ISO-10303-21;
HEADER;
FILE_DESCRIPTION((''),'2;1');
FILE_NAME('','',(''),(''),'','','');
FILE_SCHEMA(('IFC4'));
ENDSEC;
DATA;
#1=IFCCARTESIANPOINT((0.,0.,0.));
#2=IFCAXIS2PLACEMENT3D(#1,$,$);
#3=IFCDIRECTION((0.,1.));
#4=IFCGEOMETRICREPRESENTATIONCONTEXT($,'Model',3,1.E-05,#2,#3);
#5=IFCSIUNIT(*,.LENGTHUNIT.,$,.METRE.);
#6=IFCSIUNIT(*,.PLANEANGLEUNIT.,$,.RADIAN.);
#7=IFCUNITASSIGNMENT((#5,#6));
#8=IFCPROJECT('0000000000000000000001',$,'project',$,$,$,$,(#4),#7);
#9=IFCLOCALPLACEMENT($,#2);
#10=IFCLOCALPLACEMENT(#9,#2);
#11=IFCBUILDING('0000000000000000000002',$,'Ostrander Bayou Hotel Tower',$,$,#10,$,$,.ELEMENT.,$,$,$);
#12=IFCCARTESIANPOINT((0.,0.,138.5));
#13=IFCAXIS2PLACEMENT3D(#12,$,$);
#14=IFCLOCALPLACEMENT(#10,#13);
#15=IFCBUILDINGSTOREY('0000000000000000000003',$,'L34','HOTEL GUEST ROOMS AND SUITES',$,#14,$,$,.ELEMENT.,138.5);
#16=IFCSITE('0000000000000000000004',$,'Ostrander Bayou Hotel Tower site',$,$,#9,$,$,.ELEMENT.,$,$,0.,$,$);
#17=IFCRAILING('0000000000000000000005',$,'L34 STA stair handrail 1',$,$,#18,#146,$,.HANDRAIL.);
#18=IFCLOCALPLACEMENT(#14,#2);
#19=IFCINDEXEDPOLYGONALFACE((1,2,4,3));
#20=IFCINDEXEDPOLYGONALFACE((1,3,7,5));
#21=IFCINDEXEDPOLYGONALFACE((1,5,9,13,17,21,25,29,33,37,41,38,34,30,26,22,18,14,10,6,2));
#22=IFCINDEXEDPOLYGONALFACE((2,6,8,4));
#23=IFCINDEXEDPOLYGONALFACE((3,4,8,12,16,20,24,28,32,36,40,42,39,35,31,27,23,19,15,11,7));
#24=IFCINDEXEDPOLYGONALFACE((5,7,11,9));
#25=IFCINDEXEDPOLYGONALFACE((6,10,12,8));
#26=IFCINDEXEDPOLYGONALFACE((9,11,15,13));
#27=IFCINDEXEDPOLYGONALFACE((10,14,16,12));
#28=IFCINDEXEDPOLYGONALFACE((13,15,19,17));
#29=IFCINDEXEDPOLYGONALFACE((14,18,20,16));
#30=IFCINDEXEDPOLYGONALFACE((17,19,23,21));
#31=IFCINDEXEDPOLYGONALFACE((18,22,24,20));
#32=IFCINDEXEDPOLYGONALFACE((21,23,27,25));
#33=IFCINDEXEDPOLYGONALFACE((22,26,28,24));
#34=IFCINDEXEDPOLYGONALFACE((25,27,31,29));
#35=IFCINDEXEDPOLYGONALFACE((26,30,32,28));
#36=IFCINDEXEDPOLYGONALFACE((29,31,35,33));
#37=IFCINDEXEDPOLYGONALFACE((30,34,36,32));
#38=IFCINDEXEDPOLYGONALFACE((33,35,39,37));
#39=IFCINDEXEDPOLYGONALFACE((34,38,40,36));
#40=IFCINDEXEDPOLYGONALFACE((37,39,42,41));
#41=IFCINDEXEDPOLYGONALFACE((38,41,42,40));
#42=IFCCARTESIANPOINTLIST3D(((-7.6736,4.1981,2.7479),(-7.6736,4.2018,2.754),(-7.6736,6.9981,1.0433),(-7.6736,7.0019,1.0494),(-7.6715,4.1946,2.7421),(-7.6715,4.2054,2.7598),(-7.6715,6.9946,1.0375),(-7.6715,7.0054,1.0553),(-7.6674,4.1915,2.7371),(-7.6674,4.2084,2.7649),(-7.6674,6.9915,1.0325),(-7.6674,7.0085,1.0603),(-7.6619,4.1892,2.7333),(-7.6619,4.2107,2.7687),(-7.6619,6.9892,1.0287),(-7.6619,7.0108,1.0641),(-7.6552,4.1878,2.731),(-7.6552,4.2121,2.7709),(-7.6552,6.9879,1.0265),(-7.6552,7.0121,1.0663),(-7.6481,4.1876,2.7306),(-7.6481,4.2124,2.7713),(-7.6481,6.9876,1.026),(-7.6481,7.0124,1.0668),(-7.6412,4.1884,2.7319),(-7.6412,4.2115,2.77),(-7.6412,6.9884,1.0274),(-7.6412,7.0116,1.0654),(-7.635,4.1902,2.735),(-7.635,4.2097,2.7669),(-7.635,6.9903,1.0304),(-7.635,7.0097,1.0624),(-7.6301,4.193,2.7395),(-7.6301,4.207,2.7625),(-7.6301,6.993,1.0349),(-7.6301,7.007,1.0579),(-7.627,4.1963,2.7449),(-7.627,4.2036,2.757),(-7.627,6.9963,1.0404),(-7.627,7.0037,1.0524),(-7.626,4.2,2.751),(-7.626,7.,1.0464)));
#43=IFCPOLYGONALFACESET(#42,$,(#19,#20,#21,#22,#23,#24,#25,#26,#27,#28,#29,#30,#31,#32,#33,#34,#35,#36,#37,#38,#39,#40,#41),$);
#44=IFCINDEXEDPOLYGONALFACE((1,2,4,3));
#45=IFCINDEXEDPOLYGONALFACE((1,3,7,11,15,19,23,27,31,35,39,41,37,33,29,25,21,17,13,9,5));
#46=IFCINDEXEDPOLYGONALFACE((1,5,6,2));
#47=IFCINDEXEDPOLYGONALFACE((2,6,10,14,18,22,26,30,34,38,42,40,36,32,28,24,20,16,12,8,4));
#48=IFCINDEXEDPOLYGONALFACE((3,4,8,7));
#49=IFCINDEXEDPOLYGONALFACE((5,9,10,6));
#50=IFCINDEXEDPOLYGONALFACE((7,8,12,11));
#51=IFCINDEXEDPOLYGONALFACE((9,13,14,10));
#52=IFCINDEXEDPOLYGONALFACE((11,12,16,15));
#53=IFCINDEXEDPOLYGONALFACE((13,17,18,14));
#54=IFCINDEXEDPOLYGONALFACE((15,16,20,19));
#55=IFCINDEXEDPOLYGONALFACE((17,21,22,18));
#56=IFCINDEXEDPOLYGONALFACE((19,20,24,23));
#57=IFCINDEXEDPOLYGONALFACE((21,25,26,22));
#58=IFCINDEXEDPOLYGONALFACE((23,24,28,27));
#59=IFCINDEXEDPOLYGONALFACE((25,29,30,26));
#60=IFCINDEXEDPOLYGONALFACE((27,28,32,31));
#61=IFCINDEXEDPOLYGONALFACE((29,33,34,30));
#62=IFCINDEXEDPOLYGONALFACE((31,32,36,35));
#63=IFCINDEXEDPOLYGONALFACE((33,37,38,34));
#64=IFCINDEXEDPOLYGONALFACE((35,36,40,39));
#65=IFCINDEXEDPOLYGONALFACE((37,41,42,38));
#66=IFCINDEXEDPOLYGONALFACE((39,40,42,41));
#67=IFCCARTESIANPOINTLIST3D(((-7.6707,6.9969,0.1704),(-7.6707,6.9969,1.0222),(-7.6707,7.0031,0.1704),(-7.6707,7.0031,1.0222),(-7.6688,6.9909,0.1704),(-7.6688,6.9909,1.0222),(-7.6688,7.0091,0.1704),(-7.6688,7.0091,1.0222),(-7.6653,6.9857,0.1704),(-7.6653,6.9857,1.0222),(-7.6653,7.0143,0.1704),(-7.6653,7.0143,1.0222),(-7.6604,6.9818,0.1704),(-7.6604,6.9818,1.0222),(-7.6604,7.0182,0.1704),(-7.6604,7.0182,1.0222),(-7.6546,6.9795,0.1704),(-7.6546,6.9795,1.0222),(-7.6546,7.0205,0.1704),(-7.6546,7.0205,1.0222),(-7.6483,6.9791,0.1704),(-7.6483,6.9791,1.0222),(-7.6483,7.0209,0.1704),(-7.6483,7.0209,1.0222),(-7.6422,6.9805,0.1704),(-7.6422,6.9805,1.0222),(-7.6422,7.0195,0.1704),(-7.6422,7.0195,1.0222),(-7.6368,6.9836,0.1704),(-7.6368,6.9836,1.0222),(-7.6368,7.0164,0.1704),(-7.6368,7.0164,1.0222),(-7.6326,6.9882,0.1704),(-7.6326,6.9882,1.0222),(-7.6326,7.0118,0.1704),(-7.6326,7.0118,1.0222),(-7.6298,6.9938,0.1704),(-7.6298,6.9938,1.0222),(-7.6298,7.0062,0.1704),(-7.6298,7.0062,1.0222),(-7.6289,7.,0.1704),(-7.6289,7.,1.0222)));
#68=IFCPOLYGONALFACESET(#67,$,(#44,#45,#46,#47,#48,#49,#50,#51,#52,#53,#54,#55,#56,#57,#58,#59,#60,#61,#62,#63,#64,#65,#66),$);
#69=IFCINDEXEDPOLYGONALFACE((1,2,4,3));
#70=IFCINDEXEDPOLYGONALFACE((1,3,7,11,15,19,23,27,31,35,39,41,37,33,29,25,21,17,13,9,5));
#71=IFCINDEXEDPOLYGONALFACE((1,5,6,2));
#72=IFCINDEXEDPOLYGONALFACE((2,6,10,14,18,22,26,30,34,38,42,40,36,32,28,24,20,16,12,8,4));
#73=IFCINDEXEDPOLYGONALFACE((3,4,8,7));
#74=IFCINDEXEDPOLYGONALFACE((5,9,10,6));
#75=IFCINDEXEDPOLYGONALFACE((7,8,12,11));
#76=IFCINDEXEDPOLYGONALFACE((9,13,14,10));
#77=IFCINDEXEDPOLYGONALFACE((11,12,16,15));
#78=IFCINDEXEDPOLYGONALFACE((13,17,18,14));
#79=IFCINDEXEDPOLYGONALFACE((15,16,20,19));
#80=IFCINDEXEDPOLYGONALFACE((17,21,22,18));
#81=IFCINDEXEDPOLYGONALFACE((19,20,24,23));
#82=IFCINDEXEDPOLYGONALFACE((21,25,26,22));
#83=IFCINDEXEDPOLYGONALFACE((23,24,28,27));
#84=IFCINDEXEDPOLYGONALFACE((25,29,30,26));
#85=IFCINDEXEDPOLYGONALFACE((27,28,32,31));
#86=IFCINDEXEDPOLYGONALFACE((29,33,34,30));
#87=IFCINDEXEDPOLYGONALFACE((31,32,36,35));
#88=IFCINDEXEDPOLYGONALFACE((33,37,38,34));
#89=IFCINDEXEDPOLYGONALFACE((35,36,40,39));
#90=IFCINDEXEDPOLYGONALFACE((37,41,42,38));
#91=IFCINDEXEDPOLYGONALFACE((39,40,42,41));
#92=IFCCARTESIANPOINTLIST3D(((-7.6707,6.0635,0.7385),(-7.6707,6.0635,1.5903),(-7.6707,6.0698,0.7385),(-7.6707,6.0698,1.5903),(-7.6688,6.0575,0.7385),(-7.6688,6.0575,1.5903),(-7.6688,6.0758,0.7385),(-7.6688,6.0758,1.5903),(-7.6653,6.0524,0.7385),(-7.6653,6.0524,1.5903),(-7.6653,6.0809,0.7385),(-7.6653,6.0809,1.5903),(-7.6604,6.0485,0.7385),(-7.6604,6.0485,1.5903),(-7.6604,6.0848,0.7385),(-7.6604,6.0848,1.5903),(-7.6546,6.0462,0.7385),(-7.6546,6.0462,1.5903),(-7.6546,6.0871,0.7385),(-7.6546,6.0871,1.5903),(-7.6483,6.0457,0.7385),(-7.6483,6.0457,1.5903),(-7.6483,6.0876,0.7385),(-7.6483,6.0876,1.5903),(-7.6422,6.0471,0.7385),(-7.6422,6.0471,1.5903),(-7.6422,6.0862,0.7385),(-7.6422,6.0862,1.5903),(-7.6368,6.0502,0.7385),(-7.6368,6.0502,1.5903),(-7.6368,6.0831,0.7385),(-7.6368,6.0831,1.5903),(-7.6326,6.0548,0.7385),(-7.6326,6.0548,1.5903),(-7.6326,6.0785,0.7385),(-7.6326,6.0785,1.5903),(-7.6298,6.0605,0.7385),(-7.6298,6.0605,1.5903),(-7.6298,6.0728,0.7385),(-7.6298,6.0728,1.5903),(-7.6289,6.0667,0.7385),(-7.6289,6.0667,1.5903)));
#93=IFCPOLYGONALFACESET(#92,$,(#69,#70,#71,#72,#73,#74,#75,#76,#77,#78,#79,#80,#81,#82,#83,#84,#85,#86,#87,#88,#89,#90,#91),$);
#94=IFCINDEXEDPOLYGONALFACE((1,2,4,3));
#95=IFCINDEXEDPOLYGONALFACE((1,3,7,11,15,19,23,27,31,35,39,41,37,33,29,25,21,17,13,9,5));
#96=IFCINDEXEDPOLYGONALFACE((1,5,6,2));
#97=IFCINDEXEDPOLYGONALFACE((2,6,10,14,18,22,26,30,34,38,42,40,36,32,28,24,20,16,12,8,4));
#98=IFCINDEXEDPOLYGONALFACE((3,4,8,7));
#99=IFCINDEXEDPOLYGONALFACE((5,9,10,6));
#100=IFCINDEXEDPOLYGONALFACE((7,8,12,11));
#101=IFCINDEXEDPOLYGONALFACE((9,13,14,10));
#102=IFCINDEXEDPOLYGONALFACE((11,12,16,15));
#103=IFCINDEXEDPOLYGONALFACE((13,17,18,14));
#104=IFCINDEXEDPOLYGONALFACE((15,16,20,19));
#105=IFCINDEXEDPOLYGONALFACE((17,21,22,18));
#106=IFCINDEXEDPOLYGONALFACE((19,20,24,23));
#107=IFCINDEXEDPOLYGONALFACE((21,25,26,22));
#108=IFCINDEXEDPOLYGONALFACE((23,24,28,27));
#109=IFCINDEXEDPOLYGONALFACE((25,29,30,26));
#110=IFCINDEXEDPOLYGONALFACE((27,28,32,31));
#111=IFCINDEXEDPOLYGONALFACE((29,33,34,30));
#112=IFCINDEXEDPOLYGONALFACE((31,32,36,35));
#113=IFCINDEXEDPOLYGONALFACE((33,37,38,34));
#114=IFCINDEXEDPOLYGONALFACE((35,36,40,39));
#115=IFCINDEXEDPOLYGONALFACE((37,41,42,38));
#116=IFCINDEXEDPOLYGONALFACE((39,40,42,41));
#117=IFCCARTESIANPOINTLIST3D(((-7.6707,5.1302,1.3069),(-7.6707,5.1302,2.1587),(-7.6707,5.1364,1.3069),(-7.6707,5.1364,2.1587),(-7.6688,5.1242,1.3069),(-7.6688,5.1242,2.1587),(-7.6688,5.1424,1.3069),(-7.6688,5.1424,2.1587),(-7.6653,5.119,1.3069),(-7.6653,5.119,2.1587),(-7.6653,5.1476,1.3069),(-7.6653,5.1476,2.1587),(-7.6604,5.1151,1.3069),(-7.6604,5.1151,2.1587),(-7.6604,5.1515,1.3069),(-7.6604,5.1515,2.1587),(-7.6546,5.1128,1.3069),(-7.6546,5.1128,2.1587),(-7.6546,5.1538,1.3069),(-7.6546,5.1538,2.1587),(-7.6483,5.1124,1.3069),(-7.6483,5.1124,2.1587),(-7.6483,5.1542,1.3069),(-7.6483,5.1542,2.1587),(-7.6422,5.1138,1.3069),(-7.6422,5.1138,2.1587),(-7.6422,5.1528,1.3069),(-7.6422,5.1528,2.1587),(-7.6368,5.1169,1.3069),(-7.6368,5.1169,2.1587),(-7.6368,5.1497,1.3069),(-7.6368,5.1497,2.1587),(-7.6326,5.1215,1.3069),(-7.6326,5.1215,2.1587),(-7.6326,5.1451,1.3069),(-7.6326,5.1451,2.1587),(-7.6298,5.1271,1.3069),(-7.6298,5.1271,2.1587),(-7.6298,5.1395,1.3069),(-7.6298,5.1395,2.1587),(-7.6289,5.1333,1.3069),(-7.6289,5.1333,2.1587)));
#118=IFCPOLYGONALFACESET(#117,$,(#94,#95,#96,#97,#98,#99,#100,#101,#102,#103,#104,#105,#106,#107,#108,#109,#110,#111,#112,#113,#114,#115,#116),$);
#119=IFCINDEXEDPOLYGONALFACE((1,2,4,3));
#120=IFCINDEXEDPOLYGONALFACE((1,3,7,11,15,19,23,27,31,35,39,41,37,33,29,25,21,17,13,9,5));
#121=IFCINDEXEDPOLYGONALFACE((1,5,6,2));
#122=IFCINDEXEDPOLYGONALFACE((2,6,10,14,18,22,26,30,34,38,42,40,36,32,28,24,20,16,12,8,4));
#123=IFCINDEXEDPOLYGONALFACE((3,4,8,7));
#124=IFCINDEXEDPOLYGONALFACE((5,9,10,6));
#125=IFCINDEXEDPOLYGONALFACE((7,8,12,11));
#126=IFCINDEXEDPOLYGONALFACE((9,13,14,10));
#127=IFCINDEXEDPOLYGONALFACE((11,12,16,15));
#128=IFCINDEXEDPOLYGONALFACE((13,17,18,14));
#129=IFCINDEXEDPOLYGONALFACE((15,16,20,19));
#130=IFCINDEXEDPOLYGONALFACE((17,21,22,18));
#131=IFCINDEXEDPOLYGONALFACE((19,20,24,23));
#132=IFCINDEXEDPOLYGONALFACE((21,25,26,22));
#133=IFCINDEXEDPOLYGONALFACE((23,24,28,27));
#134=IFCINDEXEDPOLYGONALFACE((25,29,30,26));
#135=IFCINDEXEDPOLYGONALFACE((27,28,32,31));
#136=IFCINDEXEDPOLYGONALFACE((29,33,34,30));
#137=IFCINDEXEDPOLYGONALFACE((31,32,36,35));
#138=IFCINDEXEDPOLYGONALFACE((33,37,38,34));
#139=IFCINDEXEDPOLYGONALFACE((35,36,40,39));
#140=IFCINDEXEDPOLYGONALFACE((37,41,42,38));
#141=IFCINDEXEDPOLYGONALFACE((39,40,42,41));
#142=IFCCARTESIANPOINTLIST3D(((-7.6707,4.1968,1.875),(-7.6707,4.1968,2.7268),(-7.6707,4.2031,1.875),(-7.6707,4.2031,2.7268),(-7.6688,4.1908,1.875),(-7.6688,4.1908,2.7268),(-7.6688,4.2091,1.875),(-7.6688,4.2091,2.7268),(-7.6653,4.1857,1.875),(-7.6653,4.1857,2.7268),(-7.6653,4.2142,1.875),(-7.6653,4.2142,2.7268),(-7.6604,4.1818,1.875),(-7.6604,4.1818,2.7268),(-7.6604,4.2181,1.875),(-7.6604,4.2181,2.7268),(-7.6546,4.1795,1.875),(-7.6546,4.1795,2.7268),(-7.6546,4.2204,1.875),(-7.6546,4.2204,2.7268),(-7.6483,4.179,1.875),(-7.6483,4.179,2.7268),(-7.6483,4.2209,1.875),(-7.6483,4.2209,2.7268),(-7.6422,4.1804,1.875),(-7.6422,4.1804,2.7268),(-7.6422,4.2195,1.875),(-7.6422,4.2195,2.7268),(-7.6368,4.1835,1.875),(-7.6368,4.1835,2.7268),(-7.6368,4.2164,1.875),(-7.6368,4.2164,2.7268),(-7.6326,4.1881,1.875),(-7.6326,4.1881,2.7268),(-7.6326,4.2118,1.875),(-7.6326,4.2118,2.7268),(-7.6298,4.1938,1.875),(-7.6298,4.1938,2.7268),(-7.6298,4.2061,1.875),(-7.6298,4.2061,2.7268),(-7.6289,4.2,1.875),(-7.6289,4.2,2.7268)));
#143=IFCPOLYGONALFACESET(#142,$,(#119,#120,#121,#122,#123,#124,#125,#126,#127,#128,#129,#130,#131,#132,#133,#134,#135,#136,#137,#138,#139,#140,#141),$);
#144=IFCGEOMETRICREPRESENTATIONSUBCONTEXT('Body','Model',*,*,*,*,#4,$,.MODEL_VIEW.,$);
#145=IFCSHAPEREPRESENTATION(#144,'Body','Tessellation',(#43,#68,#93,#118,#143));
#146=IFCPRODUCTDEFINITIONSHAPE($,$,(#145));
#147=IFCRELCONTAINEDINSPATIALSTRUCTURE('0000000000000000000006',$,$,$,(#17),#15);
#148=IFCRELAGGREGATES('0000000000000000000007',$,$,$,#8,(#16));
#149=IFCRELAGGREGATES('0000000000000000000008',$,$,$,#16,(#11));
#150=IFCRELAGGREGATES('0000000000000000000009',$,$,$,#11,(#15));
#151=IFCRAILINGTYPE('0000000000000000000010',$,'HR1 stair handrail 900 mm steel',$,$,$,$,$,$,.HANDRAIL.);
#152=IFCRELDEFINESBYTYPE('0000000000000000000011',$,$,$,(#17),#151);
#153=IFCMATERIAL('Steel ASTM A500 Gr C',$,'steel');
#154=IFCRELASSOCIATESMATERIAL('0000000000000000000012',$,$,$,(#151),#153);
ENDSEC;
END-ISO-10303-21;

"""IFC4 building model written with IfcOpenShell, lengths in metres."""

from ifc_helpers import new_model, si_unit, direction, frame, origin, origin_2d, place, context, subcontext, project, spatial, circle, extrude, material, type_object, element, save


model = new_model("IFC4")

# Units and contexts
model_context = context("Model", 3, precision=1e-05, world=origin(), true_north=direction((0.0, 1.0)))
body_context = subcontext(model_context, "Body", "Model", "MODEL_VIEW")
ifc_project = project(units=[si_unit("LENGTHUNIT", "METRE"), si_unit("PLANEANGLEUNIT", "RADIAN")], contexts=[model_context])

# Site, building, storey
site_placement = place(None, origin())
site = spatial("IfcSite", under=ifc_project, at=site_placement, Name="Ostrander Bayou Hotel Tower site", CompositionType="ELEMENT", RefElevation=0.0)
building_placement = place(site_placement, origin())
building = spatial("IfcBuilding", under=site, at=building_placement, Name="Ostrander Bayou Hotel Tower", CompositionType="ELEMENT")
storey_placement = place(building_placement, frame((0.0, 0.0, 138.5)))
storey = spatial("IfcBuildingStorey", under=building, at=storey_placement, Name="L34", Description="HOTEL GUEST ROOMS AND SUITES", CompositionType="ELEMENT", Elevation=138.5)

# Railing
ifc_material_1 = material(Name="Steel ASTM A500 Gr C", Category="steel")
railing_type_1 = type_object("IfcRailingType", Name="HR1 stair handrail 900 mm steel", PredefinedType="HANDRAIL", material=ifc_material_1)
railing_1_placement = place(storey_placement, frame((-7.6499, 7.0, 0.1704)))
element("IfcRailing", 1, at=railing_1_placement, inside=storey, type_object=railing_type_1, Name="L34 STA stair handrail 1", PredefinedType="HANDRAIL", context=body_context, shape_type="SweptSolid", body=[
    extrude(circle(Radius=0.0239, at=origin_2d()), frame((0.0, 0.0, 0.876), z_axis=(0.0, -0.85417, 0.519994), x_axis=(1.0, 0.0, 0.0)), (0.0, 0.0, 1.0), 3.2781),
    extrude(circle(Radius=0.021, at=origin_2d()), origin(), (0.0, 0.0, 1.0), 0.8518),
    extrude(circle(Radius=0.021, at=origin_2d()), frame((0.0, -0.9333, 0.5681)), (0.0, 0.0, 1.0), 0.8518),
    extrude(circle(Radius=0.021, at=origin_2d()), frame((0.0, -1.8667, 1.1365)), (0.0, 0.0, 1.0), 0.8518),
    extrude(circle(Radius=0.021, at=origin_2d()), frame((0.0, -2.8, 1.7046)), (0.0, 0.0, 1.0), 0.8518),
])

save(model, "model.ifc")
